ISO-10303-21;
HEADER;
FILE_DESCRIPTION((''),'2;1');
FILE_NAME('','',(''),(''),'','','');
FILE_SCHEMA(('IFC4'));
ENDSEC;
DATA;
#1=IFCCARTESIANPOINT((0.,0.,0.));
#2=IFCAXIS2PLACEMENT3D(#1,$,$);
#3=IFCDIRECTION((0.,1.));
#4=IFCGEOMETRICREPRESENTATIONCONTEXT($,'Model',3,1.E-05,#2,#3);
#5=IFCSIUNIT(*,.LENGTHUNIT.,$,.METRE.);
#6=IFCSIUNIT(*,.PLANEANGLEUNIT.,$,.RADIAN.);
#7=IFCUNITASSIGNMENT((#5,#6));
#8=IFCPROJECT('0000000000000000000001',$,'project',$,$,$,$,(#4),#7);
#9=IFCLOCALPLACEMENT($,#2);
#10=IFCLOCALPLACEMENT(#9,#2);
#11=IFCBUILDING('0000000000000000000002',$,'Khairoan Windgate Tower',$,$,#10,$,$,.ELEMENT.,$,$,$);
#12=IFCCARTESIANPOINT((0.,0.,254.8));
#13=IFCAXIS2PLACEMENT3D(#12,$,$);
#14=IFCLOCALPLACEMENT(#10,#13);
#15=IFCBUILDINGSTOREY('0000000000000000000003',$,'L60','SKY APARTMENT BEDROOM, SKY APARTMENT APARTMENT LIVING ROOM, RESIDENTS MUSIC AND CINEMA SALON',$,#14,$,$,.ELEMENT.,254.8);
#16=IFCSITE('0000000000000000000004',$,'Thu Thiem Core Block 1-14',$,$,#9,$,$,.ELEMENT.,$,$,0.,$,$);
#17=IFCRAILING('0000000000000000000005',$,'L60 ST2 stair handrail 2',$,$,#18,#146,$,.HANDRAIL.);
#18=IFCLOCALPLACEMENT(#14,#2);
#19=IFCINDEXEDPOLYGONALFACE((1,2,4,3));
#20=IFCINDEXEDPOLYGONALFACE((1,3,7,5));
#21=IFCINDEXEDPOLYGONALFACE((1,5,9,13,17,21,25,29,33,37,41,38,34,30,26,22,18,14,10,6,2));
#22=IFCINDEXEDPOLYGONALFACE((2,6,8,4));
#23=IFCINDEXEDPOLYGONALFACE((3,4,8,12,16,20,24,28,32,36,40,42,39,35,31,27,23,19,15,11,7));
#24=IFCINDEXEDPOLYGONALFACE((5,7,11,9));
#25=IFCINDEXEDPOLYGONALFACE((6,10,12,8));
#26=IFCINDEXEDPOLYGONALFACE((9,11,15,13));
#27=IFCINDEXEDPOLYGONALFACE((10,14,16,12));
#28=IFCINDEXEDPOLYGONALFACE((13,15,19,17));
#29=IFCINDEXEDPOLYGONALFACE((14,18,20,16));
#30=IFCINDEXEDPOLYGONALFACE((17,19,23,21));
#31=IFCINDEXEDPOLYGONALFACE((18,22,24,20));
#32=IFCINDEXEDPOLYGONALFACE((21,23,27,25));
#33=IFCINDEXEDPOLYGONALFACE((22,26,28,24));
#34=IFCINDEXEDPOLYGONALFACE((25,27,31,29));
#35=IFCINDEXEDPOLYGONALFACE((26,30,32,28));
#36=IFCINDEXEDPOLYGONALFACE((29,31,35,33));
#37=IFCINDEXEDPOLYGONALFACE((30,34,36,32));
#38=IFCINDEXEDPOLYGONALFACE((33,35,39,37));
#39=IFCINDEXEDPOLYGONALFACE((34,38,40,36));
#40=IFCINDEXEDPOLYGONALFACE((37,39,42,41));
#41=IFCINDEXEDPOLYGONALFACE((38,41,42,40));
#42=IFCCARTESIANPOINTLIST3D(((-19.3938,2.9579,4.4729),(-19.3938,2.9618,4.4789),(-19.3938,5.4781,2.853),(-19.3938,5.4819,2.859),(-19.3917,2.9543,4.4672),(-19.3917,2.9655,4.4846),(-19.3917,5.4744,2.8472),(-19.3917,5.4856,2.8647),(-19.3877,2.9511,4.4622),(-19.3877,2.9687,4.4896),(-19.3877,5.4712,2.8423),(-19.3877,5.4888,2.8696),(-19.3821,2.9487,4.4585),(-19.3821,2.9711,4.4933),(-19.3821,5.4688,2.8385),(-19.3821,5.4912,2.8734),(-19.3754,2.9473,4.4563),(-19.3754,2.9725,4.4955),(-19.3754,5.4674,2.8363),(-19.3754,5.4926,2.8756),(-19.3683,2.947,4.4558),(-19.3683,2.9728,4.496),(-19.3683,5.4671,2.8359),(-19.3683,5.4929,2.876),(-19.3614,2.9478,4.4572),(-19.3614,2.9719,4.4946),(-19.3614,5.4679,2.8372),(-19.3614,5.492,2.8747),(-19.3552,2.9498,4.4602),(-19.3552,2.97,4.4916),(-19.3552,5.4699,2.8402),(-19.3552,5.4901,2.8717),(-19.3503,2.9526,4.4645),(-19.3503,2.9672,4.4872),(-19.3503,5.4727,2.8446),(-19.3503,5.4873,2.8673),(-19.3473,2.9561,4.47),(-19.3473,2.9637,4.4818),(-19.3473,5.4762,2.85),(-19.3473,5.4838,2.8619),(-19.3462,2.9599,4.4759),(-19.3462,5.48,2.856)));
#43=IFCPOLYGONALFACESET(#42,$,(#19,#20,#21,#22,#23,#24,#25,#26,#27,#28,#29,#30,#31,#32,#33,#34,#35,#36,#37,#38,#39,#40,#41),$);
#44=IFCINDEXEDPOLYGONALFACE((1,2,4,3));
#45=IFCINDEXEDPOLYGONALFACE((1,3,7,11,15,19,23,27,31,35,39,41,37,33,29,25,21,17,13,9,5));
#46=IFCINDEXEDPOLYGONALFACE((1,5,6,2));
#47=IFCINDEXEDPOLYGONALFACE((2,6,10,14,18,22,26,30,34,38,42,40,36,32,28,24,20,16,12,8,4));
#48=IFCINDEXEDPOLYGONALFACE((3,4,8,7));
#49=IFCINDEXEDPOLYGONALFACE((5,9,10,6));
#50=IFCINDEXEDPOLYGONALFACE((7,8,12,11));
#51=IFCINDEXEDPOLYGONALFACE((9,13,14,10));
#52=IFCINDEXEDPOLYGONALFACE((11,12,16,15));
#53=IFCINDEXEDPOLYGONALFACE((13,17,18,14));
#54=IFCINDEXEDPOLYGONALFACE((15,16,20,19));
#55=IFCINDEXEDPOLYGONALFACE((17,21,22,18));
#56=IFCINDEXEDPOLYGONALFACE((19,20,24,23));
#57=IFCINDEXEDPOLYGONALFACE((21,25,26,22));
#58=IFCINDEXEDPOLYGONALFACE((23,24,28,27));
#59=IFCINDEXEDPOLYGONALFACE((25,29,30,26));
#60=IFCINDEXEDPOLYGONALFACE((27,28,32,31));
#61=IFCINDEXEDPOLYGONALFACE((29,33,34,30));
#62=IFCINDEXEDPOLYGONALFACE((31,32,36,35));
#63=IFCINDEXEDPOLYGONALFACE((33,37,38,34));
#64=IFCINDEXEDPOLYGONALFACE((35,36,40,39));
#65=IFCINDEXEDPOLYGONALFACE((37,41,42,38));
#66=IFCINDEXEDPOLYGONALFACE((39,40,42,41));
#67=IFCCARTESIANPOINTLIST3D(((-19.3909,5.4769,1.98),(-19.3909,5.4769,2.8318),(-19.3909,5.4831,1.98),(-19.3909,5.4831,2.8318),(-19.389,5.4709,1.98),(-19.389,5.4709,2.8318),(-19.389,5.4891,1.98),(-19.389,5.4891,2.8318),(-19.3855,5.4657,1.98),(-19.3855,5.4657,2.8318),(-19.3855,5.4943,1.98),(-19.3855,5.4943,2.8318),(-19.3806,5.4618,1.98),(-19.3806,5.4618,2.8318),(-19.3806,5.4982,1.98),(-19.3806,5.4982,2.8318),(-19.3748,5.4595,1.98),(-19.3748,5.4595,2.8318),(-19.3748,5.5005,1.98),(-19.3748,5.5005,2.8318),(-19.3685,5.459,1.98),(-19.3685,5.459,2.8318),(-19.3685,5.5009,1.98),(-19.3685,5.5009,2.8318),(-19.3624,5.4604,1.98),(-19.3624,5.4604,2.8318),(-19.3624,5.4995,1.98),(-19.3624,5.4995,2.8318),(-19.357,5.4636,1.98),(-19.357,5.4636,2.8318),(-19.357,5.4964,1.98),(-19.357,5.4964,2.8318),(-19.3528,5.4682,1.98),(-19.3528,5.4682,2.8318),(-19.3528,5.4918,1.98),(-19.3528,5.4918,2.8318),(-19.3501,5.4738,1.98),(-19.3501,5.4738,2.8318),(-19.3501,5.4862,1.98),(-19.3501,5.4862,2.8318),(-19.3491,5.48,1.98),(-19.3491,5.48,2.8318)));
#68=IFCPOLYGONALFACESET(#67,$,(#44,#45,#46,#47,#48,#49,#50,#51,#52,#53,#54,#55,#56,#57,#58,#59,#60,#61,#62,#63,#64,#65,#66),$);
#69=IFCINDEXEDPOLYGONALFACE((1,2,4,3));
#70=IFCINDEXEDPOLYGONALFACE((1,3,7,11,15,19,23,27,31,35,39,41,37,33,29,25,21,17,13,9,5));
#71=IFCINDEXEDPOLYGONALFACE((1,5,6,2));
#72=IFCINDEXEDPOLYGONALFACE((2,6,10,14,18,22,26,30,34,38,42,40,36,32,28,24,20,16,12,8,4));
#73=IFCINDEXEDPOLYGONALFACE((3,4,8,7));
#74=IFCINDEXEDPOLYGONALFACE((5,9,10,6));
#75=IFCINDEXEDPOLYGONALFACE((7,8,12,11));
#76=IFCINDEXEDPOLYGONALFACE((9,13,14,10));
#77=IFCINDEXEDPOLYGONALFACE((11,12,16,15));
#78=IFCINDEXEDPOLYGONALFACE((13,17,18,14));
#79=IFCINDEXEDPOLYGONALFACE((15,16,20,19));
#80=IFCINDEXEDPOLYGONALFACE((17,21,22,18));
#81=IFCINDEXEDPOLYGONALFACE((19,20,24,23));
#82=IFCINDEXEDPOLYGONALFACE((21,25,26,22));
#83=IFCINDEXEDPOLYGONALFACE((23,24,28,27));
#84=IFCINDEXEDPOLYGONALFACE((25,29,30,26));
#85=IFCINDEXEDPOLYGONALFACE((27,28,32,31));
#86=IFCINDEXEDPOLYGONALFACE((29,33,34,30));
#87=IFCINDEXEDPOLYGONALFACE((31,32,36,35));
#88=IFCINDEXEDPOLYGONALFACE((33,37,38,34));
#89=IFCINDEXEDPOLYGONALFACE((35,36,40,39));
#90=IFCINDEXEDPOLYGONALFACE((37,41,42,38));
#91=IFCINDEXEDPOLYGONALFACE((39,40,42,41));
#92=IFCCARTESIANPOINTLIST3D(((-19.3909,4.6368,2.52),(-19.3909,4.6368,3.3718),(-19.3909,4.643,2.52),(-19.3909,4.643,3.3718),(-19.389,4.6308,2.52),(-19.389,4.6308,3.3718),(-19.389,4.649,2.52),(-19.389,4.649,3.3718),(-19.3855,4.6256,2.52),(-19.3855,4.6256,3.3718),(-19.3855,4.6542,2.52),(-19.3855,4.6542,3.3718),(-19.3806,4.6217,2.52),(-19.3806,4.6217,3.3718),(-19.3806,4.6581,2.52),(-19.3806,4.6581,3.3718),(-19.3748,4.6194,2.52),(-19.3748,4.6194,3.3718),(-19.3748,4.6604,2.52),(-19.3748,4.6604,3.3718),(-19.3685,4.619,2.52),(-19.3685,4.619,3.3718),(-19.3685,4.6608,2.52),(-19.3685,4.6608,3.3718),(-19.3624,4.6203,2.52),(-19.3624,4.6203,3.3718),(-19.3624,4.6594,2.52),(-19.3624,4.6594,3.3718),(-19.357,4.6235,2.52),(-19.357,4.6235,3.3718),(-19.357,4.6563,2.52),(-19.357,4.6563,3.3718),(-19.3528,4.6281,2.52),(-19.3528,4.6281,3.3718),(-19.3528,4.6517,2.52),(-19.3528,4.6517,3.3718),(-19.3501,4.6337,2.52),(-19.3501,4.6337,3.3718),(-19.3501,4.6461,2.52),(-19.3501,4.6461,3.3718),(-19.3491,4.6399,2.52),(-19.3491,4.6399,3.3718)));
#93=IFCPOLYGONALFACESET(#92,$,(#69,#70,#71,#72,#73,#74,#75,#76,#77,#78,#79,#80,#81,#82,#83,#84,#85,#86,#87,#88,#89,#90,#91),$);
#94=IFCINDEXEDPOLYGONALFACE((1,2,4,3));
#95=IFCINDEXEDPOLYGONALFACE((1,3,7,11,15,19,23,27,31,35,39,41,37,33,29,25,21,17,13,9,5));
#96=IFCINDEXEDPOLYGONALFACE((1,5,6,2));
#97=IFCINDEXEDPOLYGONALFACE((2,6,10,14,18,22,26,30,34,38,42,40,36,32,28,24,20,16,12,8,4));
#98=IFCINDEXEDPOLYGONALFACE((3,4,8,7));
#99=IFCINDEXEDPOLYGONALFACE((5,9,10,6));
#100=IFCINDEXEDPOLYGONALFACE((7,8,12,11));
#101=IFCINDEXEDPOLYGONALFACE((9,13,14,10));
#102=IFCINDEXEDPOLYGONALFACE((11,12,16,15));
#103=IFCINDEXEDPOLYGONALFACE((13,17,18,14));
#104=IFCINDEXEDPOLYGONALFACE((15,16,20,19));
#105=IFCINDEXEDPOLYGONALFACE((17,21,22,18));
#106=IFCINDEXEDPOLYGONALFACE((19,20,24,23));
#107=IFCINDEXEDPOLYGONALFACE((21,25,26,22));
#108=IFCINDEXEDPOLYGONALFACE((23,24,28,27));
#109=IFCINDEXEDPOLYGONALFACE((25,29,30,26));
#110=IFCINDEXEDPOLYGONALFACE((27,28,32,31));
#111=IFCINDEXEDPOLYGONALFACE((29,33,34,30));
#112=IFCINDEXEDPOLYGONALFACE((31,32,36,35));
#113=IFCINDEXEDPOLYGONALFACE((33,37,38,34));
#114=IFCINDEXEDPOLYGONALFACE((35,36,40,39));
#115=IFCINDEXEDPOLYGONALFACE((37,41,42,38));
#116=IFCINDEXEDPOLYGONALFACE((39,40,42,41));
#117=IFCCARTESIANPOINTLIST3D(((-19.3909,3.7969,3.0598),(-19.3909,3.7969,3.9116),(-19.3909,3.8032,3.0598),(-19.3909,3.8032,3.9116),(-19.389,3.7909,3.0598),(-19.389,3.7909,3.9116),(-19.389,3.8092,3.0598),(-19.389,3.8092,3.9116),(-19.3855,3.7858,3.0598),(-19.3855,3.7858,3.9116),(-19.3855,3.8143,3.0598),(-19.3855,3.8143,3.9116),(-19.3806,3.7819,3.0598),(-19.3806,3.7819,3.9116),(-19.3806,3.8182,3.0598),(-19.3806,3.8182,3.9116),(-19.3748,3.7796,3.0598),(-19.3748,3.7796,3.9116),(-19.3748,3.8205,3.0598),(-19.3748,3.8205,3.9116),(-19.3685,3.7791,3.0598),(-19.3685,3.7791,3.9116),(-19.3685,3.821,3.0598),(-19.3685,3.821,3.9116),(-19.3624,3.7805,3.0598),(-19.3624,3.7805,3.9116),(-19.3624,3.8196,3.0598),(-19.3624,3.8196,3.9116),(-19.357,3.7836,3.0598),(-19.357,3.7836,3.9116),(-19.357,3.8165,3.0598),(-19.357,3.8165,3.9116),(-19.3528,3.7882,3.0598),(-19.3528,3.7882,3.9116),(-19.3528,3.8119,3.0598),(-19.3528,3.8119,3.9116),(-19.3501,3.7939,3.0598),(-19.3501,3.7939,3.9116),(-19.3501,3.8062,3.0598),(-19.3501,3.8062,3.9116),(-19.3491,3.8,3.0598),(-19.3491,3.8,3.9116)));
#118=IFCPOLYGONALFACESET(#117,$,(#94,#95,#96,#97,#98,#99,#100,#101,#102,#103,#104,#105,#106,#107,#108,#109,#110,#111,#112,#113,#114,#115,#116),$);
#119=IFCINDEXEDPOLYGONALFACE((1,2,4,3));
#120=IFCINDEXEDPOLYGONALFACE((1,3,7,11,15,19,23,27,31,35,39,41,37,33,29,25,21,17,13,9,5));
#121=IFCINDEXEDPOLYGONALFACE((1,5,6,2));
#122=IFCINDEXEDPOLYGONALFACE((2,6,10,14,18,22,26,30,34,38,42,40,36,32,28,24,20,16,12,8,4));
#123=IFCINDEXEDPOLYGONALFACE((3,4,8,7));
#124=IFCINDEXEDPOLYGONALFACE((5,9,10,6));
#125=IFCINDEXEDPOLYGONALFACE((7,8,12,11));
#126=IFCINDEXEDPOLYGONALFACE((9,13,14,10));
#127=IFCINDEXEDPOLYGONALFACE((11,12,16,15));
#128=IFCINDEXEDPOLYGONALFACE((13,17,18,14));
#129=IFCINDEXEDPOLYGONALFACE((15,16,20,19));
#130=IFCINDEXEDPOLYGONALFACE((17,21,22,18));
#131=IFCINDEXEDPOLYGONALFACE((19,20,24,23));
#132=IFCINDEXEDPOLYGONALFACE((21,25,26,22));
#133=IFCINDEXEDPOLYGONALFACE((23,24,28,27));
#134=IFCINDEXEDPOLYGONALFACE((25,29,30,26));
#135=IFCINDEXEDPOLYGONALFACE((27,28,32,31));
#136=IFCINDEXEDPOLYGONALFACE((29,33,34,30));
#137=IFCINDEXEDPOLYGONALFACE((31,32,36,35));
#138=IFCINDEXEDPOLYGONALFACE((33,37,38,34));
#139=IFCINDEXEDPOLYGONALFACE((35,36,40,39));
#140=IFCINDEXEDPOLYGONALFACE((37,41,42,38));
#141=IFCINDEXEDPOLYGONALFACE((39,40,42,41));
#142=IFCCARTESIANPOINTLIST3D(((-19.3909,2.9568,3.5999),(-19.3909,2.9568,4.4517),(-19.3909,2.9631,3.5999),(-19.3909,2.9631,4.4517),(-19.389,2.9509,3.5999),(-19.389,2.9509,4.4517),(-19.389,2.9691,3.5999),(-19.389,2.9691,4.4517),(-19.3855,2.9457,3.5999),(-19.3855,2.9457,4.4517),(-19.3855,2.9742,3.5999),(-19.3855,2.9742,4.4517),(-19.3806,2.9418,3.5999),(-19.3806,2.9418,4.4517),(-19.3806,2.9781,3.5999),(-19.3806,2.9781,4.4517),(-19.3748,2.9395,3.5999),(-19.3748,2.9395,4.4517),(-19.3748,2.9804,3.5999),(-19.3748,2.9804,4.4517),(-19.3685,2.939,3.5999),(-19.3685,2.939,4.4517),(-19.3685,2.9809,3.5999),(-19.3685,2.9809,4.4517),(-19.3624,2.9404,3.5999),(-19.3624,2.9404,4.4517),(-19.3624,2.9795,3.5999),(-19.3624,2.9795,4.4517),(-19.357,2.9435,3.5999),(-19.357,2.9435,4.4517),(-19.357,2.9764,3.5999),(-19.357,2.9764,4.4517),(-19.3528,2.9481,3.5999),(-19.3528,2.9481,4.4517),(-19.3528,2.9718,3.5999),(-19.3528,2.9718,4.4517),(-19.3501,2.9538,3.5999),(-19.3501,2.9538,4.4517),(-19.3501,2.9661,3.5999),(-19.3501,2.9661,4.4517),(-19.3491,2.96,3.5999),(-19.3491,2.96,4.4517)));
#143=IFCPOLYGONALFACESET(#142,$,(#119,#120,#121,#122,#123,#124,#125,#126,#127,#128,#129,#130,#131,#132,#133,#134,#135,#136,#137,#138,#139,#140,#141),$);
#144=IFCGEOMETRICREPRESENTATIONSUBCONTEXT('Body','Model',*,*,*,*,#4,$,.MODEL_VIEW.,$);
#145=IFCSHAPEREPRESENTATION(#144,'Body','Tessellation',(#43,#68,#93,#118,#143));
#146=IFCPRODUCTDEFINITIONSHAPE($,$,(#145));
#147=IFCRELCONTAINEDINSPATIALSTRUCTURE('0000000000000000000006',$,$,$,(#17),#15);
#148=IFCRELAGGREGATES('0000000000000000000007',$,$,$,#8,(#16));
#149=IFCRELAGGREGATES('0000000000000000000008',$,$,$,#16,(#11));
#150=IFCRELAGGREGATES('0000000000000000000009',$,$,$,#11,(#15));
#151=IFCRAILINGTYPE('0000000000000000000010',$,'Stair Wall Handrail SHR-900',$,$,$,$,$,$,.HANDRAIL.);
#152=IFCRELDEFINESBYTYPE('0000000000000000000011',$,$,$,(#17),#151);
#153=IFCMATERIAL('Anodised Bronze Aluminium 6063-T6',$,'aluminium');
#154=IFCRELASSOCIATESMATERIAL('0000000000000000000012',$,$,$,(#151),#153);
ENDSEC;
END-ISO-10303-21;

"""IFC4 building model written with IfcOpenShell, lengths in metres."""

from ifc_helpers import new_model, si_unit, direction, frame, origin, origin_2d, place, context, subcontext, project, spatial, circle, extrude, material, type_object, element, save


model = new_model("IFC4")

# Units and contexts
model_context = context("Model", 3, precision=1e-05, world=origin(), true_north=direction((0.0, 1.0)))
body_context = subcontext(model_context, "Body", "Model", "MODEL_VIEW")
ifc_project = project(units=[si_unit("LENGTHUNIT", "METRE"), si_unit("PLANEANGLEUNIT", "RADIAN")], contexts=[model_context])

# Site, building, storey
site_placement = place(None, origin())
site = spatial("IfcSite", under=ifc_project, at=site_placement, Name="Thu Thiem Core Block 1-14", CompositionType="ELEMENT", RefElevation=0.0)
building_placement = place(site_placement, origin())
building = spatial("IfcBuilding", under=site, at=building_placement, Name="Khairoan Windgate Tower", CompositionType="ELEMENT")
storey_placement = place(building_placement, frame((0.0, 0.0, 254.8)))
storey = spatial("IfcBuildingStorey", under=building, at=storey_placement, Name="L60", Description="SKY APARTMENT BEDROOM, SKY APARTMENT APARTMENT LIVING ROOM, RESIDENTS MUSIC AND CINEMA SALON", CompositionType="ELEMENT", Elevation=254.8)

# Railing
ifc_material_1 = material(Name="Anodised Bronze Aluminium 6063-T6", Category="aluminium")
railing_type_1 = type_object("IfcRailingType", Name="Stair Wall Handrail SHR-900", PredefinedType="HANDRAIL", material=ifc_material_1)
railing_1_placement = place(storey_placement, frame((-19.3701, 5.48, 1.98)))
element("IfcRailing", 1, at=railing_1_placement, inside=storey, type_object=railing_type_1, Name="L60 ST2 stair handrail 2", PredefinedType="HANDRAIL", context=body_context, shape_type="SweptSolid", body=[
    extrude(circle(Radius=0.0239, at=origin_2d()), frame((0.0, 0.0, 0.876), z_axis=(0.0, -0.8412, 0.540725), x_axis=(1.0, 0.0, 0.0)), (0.0, 0.0, 1.0), 2.9958),
    extrude(circle(Radius=0.021, at=origin_2d()), origin(), (0.0, 0.0, 1.0), 0.8518),
    extrude(circle(Radius=0.021, at=origin_2d()), frame((0.0, -0.8401, 0.54)), (0.0, 0.0, 1.0), 0.8518),
    extrude(circle(Radius=0.021, at=origin_2d()), frame((0.0, -1.6799, 1.0798)), (0.0, 0.0, 1.0), 0.8518),
    extrude(circle(Radius=0.021, at=origin_2d()), frame((0.0, -2.52, 1.6199)), (0.0, 0.0, 1.0), 0.8518),
])

save(model, "model.ifc")
